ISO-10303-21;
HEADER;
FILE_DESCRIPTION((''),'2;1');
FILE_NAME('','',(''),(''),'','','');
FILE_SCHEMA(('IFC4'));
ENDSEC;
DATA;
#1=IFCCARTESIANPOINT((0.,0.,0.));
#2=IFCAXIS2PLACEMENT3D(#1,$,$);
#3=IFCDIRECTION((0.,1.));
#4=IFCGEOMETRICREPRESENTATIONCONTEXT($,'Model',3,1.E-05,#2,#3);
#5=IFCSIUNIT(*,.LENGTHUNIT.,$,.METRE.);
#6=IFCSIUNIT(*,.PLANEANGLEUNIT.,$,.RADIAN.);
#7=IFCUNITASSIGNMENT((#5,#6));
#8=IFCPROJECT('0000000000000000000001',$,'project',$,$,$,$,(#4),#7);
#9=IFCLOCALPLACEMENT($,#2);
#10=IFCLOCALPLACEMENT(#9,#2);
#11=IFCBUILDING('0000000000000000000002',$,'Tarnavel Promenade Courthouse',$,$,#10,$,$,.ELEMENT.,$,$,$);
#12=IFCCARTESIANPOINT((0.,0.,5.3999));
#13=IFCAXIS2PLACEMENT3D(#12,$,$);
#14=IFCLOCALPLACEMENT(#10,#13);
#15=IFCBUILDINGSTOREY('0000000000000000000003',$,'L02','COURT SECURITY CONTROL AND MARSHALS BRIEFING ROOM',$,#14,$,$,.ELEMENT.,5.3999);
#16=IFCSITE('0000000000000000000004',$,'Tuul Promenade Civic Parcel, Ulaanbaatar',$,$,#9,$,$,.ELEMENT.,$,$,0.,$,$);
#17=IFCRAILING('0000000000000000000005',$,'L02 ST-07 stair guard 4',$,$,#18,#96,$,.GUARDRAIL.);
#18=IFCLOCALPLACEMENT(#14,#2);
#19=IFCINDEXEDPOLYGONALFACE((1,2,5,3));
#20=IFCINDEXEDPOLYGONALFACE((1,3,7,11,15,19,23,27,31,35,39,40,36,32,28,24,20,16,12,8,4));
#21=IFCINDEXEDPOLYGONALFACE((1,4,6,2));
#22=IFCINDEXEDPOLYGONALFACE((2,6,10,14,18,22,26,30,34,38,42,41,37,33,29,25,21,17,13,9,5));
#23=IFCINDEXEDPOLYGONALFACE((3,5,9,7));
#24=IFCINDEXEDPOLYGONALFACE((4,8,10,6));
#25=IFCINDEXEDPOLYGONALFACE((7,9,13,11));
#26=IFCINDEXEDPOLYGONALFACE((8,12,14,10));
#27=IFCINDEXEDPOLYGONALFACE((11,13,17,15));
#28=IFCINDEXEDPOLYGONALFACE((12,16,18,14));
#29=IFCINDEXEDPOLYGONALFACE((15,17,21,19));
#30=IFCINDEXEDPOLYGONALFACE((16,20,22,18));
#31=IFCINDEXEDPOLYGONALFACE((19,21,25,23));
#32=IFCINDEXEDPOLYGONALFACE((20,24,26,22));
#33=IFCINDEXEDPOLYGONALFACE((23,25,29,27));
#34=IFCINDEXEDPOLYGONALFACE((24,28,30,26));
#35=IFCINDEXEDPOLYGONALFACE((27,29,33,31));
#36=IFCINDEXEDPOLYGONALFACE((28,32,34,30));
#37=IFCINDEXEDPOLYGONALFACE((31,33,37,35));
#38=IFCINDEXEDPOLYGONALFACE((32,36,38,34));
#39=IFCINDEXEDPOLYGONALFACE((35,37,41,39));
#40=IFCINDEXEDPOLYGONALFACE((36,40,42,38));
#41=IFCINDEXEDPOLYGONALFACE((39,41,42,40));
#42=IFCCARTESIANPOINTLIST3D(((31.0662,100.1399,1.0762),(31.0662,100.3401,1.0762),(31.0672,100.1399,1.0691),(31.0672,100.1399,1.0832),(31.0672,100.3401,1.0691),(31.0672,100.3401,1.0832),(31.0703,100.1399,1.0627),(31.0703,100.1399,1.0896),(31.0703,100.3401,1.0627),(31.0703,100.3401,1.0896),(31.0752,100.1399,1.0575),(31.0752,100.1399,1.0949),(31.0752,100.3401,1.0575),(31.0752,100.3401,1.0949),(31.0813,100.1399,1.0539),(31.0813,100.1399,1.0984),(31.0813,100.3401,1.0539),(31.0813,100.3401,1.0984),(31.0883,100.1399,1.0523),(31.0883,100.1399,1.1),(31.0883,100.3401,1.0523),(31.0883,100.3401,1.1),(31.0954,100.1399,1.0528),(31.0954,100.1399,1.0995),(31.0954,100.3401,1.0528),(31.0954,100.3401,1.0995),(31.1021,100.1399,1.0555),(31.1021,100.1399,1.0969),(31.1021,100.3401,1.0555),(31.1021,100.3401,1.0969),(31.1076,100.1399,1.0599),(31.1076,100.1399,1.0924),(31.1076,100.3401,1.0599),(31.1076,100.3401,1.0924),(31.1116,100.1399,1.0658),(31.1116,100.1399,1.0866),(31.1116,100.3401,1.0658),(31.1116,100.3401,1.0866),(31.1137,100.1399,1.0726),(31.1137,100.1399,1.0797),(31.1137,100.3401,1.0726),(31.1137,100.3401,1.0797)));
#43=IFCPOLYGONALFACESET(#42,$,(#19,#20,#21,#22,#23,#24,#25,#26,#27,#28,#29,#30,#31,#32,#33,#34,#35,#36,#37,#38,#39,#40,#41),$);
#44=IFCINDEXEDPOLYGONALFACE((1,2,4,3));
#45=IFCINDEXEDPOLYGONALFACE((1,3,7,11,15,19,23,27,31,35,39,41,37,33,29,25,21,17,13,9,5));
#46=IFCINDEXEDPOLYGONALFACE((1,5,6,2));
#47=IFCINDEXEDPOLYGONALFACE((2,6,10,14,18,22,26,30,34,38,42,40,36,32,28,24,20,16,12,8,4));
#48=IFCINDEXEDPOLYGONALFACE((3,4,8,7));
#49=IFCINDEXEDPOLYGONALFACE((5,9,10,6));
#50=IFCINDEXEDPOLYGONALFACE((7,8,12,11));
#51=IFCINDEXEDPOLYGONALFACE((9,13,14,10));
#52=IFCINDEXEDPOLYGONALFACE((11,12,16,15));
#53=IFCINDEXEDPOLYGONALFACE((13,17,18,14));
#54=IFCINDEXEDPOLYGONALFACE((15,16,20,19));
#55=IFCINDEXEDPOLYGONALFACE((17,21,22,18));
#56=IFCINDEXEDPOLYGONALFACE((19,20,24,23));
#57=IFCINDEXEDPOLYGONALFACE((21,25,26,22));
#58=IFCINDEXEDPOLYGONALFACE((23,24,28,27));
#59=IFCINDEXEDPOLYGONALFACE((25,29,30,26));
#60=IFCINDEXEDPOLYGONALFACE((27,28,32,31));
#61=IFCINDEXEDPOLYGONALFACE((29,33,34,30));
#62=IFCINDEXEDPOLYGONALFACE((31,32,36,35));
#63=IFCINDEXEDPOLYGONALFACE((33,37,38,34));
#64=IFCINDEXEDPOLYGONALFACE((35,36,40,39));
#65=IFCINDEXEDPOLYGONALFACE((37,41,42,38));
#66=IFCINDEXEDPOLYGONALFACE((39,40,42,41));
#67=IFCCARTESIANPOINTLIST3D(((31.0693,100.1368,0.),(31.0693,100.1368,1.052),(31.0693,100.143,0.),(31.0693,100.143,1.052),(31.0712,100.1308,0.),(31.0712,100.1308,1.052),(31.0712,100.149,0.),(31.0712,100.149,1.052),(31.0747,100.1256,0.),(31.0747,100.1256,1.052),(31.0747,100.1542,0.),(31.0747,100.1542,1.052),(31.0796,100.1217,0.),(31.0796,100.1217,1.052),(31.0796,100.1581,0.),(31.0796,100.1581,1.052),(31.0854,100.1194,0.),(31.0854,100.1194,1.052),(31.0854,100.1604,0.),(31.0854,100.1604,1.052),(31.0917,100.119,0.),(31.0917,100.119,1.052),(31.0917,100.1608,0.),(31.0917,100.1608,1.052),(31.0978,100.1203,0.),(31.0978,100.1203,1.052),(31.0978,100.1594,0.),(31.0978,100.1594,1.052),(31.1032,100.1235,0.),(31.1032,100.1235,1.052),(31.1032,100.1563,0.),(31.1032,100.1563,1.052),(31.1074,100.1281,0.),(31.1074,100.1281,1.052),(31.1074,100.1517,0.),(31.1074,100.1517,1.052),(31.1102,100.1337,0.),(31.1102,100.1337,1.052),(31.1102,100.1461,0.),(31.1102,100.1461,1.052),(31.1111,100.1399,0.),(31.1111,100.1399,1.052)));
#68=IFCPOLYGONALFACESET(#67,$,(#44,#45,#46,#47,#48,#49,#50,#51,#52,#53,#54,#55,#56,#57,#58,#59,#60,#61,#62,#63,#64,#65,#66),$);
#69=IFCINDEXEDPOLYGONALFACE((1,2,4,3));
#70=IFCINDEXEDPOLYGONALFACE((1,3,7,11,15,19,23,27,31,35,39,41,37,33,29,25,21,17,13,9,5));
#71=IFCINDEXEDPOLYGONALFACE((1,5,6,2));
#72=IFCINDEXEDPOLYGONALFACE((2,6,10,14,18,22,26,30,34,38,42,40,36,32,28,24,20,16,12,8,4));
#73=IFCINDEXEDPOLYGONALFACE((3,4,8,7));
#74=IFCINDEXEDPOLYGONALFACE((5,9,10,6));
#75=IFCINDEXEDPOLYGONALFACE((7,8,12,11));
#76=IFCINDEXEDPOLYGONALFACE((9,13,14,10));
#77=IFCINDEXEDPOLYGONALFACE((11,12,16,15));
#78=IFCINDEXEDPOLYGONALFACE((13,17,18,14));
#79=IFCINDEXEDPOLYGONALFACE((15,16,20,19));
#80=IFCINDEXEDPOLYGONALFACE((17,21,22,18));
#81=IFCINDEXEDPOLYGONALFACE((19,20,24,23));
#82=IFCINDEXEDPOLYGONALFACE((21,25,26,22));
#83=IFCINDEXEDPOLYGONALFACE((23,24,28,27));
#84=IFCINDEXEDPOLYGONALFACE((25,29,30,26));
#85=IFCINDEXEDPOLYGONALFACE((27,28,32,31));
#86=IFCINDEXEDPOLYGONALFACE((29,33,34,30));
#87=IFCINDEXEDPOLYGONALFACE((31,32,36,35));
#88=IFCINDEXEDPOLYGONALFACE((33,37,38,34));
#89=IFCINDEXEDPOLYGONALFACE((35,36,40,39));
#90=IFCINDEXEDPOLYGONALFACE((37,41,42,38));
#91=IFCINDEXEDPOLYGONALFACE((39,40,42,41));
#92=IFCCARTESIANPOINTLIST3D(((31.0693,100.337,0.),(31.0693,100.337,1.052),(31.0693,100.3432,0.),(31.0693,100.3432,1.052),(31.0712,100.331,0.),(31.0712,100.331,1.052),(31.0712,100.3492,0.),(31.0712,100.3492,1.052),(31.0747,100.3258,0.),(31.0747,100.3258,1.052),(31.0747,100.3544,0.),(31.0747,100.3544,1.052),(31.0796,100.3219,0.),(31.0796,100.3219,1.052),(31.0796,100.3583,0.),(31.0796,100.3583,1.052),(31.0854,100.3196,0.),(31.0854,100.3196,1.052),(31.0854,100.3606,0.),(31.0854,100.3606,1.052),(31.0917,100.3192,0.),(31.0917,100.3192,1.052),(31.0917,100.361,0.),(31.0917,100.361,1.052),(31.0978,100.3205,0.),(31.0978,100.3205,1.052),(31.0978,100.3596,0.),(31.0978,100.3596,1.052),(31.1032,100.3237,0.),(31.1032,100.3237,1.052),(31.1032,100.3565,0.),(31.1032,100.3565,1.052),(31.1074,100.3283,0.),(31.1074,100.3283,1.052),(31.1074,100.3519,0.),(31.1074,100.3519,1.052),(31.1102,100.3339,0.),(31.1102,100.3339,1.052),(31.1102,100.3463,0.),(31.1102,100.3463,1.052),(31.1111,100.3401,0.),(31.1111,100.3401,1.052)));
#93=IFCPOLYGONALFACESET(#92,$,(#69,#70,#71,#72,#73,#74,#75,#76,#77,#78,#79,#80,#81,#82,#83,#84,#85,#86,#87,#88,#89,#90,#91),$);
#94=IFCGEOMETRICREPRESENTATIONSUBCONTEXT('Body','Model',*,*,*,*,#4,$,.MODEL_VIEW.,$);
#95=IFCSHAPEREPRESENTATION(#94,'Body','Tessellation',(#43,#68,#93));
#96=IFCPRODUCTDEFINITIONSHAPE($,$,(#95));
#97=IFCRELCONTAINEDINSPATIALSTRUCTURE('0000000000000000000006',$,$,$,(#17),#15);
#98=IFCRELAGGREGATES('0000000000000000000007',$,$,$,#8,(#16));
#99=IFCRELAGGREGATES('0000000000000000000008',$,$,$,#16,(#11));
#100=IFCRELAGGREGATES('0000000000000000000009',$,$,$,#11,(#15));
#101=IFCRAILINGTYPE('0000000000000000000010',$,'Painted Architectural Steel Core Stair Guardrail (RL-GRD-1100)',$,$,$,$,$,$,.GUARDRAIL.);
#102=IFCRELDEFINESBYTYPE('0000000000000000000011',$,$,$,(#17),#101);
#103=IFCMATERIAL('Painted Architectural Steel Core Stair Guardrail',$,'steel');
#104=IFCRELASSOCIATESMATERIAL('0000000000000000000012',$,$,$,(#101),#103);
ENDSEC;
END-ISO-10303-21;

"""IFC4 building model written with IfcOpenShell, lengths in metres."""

from ifc_helpers import new_model, si_unit, direction, frame, origin, origin_2d, place, context, subcontext, project, spatial, circle, extrude, material, type_object, element, save


model = new_model("IFC4")

# Units and contexts
model_context = context("Model", 3, precision=1e-05, world=origin(), true_north=direction((0.0, 1.0)))
body_context = subcontext(model_context, "Body", "Model", "MODEL_VIEW")
ifc_project = project(units=[si_unit("LENGTHUNIT", "METRE"), si_unit("PLANEANGLEUNIT", "RADIAN")], contexts=[model_context])

# Site, building, storey
site_placement = place(None, origin())
site = spatial("IfcSite", under=ifc_project, at=site_placement, Name="Tuul Promenade Civic Parcel, Ulaanbaatar", CompositionType="ELEMENT", RefElevation=0.0)
building_placement = place(site_placement, origin())
building = spatial("IfcBuilding", under=site, at=building_placement, Name="Tarnavel Promenade Courthouse", CompositionType="ELEMENT")
storey_placement = place(building_placement, frame((0.0, 0.0, 5.3999)))
storey = spatial("IfcBuildingStorey", under=building, at=storey_placement, Name="L02", Description="COURT SECURITY CONTROL AND MARSHALS BRIEFING ROOM", CompositionType="ELEMENT", Elevation=5.3999)

# Railing
ifc_material_1 = material(Name="Painted Architectural Steel Core Stair Guardrail", Category="steel")
railing_type_1 = type_object("IfcRailingType", Name="Painted Architectural Steel Core Stair Guardrail (RL-GRD-1100)", PredefinedType="GUARDRAIL", material=ifc_material_1)
railing_1_placement = place(storey_placement, frame((31.0901, 100.1399, 0.0)))
element("IfcRailing", 1, at=railing_1_placement, inside=storey, type_object=railing_type_1, Name="L02 ST-07 stair guard 4", PredefinedType="GUARDRAIL", context=body_context, shape_type="SweptSolid", body=[
    extrude(circle(Radius=0.0239, at=origin_2d()), frame((0.0, 0.0, 1.0762), z_axis=(0.0, 1.0, 0.0), x_axis=(-1.0, 0.0, 0.0)), (0.0, 0.0, 1.0), 0.2002),
    extrude(circle(Radius=0.021, at=origin_2d()), origin(), (0.0, 0.0, 1.0), 1.052),
    extrude(circle(Radius=0.021, at=origin_2d()), frame((0.0, 0.2002, 0.0)), (0.0, 0.0, 1.0), 1.052),
])

save(model, "model.ifc")
